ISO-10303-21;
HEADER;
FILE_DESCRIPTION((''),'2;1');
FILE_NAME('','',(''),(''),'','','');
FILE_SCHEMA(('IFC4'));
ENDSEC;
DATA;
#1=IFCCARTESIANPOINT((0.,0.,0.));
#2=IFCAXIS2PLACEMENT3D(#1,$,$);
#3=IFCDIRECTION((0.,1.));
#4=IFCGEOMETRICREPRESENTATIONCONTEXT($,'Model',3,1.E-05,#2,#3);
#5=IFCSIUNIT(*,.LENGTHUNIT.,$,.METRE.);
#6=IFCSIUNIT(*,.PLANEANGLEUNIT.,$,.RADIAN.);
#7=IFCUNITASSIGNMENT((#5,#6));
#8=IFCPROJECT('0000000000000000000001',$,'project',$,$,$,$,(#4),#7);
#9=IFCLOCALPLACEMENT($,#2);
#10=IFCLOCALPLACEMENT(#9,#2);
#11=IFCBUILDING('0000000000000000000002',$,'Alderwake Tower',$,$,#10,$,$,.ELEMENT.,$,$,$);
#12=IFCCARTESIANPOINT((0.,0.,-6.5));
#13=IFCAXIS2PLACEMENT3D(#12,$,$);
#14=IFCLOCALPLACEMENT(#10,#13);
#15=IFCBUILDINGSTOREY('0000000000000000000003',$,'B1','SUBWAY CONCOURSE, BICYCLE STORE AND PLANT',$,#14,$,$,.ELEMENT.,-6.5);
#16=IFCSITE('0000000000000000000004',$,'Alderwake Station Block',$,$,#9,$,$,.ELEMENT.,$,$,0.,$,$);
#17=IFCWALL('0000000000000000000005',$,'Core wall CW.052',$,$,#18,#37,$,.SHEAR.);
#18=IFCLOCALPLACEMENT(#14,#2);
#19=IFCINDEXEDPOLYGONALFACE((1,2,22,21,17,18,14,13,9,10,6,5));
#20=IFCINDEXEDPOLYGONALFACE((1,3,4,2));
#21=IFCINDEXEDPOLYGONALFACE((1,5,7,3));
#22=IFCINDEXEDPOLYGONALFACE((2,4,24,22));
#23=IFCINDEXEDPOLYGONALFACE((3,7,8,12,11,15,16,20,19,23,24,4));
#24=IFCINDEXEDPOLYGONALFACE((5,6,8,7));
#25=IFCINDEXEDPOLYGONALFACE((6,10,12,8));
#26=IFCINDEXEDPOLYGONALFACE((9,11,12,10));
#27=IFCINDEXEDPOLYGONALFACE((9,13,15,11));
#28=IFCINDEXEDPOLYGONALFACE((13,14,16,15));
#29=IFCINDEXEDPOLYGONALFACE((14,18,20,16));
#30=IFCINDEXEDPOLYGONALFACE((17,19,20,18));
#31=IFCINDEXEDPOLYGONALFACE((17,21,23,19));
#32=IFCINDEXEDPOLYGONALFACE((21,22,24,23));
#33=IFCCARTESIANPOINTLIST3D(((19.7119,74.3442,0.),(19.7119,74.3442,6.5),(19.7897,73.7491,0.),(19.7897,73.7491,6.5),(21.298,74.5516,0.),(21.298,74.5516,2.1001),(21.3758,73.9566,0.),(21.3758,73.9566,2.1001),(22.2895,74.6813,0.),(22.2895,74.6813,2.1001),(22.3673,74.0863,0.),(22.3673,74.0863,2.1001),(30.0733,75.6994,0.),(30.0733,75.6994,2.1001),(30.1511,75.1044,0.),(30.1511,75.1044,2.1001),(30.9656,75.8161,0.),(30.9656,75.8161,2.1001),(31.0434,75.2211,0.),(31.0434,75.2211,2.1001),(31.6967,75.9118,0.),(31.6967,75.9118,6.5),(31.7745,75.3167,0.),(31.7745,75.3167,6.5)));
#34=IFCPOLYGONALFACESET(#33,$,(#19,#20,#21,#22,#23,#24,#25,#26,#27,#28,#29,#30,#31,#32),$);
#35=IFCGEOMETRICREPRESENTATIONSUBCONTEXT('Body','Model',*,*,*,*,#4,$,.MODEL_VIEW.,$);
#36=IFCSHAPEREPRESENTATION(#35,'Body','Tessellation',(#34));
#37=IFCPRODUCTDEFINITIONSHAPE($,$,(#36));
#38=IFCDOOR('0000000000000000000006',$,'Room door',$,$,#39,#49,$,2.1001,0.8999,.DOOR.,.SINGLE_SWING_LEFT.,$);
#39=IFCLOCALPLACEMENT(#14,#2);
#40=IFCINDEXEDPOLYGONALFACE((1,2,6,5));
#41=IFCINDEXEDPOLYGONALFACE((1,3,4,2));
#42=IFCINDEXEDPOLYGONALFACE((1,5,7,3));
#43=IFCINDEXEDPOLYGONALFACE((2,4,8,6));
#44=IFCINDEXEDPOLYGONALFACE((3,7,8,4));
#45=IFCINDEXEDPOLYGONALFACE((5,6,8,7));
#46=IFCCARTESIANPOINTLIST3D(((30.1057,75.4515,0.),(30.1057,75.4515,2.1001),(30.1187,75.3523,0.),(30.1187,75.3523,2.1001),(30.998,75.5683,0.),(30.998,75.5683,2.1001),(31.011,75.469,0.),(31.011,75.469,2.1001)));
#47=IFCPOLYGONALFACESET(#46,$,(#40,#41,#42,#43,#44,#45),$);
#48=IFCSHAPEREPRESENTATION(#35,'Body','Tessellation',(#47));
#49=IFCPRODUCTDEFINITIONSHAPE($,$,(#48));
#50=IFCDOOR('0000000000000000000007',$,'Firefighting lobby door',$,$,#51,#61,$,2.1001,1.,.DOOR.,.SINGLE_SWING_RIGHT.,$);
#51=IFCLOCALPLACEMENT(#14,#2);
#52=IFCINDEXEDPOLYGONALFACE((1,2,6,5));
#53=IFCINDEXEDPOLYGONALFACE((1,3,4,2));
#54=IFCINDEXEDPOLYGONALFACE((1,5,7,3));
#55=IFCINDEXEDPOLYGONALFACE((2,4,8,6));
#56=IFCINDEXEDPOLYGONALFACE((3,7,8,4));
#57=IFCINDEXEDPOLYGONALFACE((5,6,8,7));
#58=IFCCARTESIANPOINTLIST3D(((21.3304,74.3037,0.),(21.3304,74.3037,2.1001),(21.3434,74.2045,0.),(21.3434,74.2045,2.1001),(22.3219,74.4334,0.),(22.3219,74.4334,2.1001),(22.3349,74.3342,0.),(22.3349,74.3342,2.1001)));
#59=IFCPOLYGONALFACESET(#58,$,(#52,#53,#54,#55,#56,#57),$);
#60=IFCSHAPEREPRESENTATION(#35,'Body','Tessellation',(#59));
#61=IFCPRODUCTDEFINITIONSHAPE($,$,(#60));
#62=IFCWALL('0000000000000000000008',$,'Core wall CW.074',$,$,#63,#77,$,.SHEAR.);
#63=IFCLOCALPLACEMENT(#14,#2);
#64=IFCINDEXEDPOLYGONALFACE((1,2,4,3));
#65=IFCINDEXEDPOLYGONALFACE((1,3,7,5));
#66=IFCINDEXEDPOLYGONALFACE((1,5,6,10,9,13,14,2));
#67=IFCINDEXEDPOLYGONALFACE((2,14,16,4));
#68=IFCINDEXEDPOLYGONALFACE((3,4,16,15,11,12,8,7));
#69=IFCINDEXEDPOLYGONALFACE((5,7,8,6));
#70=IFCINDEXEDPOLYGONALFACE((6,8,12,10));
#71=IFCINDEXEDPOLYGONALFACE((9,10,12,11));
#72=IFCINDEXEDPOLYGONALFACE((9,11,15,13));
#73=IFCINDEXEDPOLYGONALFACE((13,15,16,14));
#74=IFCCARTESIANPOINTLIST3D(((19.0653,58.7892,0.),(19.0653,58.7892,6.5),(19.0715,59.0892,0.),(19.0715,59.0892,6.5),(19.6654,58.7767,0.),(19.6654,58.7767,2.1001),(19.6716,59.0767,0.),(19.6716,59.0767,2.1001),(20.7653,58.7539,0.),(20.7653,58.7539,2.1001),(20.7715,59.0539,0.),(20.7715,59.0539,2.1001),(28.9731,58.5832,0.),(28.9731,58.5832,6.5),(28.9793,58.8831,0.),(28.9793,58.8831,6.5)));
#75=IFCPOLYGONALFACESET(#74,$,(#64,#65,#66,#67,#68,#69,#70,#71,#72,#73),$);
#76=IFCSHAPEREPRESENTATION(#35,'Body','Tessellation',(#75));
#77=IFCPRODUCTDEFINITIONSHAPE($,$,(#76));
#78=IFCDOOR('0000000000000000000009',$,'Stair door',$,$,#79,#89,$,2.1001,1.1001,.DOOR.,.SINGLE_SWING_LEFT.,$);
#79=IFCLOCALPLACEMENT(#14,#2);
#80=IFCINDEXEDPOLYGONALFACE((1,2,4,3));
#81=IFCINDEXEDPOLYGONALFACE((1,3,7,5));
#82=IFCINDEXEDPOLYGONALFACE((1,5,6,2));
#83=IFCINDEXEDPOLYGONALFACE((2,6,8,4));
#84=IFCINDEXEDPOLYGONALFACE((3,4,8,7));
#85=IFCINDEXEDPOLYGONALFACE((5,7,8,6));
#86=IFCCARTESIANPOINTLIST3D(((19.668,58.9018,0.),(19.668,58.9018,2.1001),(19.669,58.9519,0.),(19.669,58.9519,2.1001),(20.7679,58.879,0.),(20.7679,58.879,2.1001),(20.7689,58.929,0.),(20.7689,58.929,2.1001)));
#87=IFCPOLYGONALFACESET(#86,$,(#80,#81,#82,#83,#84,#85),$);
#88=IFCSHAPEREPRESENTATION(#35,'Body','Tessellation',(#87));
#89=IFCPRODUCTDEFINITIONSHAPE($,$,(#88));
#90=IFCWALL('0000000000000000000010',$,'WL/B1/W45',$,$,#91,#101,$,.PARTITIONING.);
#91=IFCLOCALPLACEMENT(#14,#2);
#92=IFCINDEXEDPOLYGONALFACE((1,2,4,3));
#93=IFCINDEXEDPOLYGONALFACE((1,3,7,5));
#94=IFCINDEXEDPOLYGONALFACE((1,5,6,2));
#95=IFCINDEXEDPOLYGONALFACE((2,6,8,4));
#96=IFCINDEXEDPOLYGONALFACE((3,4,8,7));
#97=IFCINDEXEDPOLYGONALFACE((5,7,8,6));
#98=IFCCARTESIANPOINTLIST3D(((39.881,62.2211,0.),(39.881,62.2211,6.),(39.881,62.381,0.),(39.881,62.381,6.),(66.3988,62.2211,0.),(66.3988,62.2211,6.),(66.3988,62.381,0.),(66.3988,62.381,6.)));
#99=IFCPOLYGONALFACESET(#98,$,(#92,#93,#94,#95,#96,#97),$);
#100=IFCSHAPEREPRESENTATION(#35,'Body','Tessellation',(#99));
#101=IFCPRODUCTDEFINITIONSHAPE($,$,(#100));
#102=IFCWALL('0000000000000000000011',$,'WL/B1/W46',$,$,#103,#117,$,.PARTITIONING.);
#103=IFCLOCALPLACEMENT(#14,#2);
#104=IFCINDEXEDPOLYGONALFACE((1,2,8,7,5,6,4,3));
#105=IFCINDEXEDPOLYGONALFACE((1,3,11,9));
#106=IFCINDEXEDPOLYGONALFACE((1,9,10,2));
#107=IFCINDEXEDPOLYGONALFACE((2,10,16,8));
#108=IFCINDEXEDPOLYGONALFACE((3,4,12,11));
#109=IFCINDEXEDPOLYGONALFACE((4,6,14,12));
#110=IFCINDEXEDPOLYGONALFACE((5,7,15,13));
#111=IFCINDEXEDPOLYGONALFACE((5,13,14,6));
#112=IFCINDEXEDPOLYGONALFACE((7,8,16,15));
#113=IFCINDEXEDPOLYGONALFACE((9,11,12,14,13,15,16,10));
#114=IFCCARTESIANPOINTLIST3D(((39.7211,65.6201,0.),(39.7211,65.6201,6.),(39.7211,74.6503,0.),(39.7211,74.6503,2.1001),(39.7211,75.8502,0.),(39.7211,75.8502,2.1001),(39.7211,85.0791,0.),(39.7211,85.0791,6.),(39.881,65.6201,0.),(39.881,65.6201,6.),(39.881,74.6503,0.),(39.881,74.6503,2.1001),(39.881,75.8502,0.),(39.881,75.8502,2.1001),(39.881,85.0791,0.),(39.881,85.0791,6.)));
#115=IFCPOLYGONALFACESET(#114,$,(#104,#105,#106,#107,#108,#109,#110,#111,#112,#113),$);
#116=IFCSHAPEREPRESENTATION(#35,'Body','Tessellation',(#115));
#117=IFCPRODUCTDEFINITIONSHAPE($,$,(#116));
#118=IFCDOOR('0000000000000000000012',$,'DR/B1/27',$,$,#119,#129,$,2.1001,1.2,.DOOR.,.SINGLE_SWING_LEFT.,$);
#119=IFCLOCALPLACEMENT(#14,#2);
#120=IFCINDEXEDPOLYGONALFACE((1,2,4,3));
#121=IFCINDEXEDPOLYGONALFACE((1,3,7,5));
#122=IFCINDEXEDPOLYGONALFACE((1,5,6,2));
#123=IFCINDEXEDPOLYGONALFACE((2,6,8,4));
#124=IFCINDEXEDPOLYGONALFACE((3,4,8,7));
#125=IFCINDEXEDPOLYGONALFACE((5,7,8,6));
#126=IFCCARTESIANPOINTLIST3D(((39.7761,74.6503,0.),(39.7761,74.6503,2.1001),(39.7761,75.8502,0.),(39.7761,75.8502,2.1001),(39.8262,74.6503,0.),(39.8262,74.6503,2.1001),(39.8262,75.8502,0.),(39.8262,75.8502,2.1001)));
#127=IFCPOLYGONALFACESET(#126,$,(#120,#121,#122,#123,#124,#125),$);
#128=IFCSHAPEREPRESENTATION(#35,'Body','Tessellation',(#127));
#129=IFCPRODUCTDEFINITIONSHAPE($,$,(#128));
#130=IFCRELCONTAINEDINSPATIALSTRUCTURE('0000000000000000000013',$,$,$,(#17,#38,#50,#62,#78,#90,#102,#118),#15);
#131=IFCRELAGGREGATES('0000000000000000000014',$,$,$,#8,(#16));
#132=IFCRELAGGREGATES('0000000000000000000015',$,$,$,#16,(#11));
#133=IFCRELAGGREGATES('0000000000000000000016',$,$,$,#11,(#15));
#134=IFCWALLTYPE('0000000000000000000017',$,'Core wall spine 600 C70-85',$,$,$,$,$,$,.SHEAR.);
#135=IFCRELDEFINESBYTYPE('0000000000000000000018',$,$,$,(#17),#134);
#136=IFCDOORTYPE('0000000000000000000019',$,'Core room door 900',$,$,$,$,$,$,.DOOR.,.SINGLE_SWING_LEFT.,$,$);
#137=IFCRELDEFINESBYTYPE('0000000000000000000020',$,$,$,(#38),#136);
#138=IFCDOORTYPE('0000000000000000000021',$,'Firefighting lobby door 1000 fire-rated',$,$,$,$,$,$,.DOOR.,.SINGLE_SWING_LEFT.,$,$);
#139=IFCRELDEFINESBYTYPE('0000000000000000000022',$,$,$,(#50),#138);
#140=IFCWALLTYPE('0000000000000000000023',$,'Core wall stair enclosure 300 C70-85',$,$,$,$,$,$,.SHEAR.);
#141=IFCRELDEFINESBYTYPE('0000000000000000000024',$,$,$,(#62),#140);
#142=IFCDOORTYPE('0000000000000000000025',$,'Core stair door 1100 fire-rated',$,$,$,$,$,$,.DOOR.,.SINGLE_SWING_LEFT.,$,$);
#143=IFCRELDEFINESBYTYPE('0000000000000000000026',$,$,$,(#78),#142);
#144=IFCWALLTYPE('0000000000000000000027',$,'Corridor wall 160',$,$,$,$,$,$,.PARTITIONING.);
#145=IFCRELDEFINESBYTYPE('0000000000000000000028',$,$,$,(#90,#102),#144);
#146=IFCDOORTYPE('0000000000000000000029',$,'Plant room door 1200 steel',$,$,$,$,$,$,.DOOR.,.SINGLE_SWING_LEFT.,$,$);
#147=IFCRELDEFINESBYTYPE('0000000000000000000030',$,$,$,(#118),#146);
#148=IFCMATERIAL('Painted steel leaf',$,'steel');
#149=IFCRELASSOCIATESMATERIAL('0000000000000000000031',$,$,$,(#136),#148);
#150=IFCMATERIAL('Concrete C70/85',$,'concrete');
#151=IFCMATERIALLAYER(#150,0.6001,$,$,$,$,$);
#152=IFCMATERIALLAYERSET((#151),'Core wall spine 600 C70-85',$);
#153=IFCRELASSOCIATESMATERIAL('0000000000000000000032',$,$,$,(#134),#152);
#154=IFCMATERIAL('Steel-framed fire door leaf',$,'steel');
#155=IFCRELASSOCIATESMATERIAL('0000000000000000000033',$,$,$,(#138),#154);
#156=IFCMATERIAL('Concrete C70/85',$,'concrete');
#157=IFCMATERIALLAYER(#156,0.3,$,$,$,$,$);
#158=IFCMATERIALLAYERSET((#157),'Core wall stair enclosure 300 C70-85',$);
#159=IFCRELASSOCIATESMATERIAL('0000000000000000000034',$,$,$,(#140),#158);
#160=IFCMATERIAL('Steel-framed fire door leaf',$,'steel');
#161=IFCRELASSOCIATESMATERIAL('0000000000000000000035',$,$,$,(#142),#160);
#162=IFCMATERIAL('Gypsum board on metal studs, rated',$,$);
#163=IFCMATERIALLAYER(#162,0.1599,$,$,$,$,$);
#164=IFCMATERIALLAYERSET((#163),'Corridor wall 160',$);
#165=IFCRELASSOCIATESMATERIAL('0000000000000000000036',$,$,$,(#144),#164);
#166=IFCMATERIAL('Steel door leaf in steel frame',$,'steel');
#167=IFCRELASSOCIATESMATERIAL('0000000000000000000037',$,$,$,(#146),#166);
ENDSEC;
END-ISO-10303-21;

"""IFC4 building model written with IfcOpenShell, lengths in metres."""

from ifc_helpers import new_model, si_unit, direction, frame, frame_2d, origin, place, context, subcontext, project, spatial, rectangle, extrude, material, layer, layer_set, type_object, element, fill, save


model = new_model("IFC4")

# Units and contexts
model_context = context("Model", 3, precision=1e-05, world=origin(), true_north=direction((0.0, 1.0)))
body_context = subcontext(model_context, "Body", "Model", "MODEL_VIEW")
ifc_project = project(units=[si_unit("LENGTHUNIT", "METRE"), si_unit("PLANEANGLEUNIT", "RADIAN")], contexts=[model_context])

# Site, building, storey
site_placement = place(None, origin())
site = spatial("IfcSite", under=ifc_project, at=site_placement, Name="Alderwake Station Block", CompositionType="ELEMENT", RefElevation=0.0)
building_placement = place(site_placement, origin())
building = spatial("IfcBuilding", under=site, at=building_placement, Name="Alderwake Tower", CompositionType="ELEMENT")
storey_placement = place(building_placement, frame((0.0, 0.0, -6.5)))
storey = spatial("IfcBuildingStorey", under=building, at=storey_placement, Name="B1", Description="SUBWAY CONCOURSE, BICYCLE STORE AND PLANT", CompositionType="ELEMENT", Elevation=-6.5)

# Shared definitions
ifc_material_1 = material(Name="Painted steel leaf", Category="steel")
door_type_1 = type_object("IfcDoorType", Name="Core room door 900", OperationType="SINGLE_SWING_LEFT", PredefinedType="DOOR", material=ifc_material_1)

# Shared definitions
ifc_material_2 = material(Name="Concrete C70/85", Category="concrete")
ifc_layer_1 = layer(ifc_material_2, 0.6001)
ifc_layer_set_1 = layer_set([ifc_layer_1], Name="Core wall spine 600 C70-85")
wall_type_1 = type_object("IfcWallType", Name="Core wall spine 600 C70-85", PredefinedType="SHEAR", material=ifc_layer_set_1)

# Wall, openings, doors
wall_1_placement = place(storey_placement, frame((31.7356, 75.6143, 0.0), z_axis=(0.0, 0.0, 1.0), x_axis=(-0.991554, -0.129696, 0.0)))
wall_1 = element("IfcWall", 1, at=wall_1_placement, inside=storey, type_object=wall_type_1, Name="Core wall CW.052", PredefinedType="SHEAR", context=body_context, shape_type="SweptSolid", body=[
    extrude(rectangle(XDim=12.0869, YDim=0.6001, at=frame_2d((6.0435, 0.0))), origin(), (0.0, 0.0, 1.0), 6.5),
])
opening_1_placement = place(wall_1_placement, frame((9.4873, 0.0, 0.0)))
opening_1 = element("IfcOpeningElement", 2, at=opening_1_placement, cuts=wall_1, PredefinedType="OPENING", context=body_context, shape_type="SweptSolid", body=[
    extrude(rectangle(XDim=1.0, YDim=2.1001, at=frame_2d((0.5, 1.05))), frame((0.0, 0.3101, 0.0), z_axis=(0.0, -1.0, 0.0), x_axis=(1.0, 0.0, 0.0)), (0.0, 0.0, 1.0), 0.6201),
])
opening_2_placement = place(wall_1_placement, frame((0.7373, 0.0, 0.0)))
opening_2 = element("IfcOpeningElement", 3, at=opening_2_placement, cuts=wall_1, PredefinedType="OPENING", context=body_context, shape_type="SweptSolid", body=[
    extrude(rectangle(XDim=0.8999, YDim=2.1001, at=frame_2d((0.45, 1.05))), frame((0.0, 0.3101, 0.0), z_axis=(0.0, -1.0, 0.0), x_axis=(1.0, 0.0, 0.0)), (0.0, 0.0, 1.0), 0.6201),
])
door_1_placement = place(opening_2_placement, origin())
door_1 = element("IfcDoor", 4, at=door_1_placement, inside=storey, type_object=door_type_1, Name="Room door", OperationType="SINGLE_SWING_LEFT", OverallHeight=2.1001, OverallWidth=0.8999, PredefinedType="DOOR", context=body_context, shape_type="SweptSolid", body=[
    extrude(rectangle(XDim=0.8999, YDim=2.1001, at=frame_2d((0.45, 1.05))), frame((0.0, 0.05, 0.0), z_axis=(0.0, -1.0, 0.0), x_axis=(1.0, 0.0, 0.0)), (0.0, 0.0, 1.0), 0.1001),
])
fill(opening_2, door_1)
ifc_material_3 = material(Name="Steel-framed fire door leaf", Category="steel")
door_type_2 = type_object("IfcDoorType", Name="Firefighting lobby door 1000 fire-rated", OperationType="SINGLE_SWING_LEFT", PredefinedType="DOOR", material=ifc_material_3)
door_2_placement = place(opening_1_placement, origin())
door_2 = element("IfcDoor", 5, at=door_2_placement, inside=storey, type_object=door_type_2, Name="Firefighting lobby door", OperationType="SINGLE_SWING_RIGHT", OverallHeight=2.1001, OverallWidth=1.0, PredefinedType="DOOR", context=body_context, shape_type="SweptSolid", body=[
    extrude(rectangle(XDim=1.0, YDim=2.1001, at=frame_2d((0.5, 1.05))), frame((0.0, 0.05, 0.0), z_axis=(0.0, -1.0, 0.0), x_axis=(1.0, 0.0, 0.0)), (0.0, 0.0, 1.0), 0.1001),
])
fill(opening_1, door_2)

# Wall, opening, door
ifc_material_4 = material(Name="Concrete C70/85", Category="concrete")
ifc_layer_2 = layer(ifc_material_4, 0.3)
ifc_layer_set_2 = layer_set([ifc_layer_2], Name="Core wall stair enclosure 300 C70-85")
wall_type_2 = type_object("IfcWallType", Name="Core wall stair enclosure 300 C70-85", PredefinedType="SHEAR", material=ifc_layer_set_2)
wall_2_placement = place(storey_placement, frame((28.9763, 58.7332, 0.0), z_axis=(0.0, 0.0, 1.0), x_axis=(-0.999784, 0.020793, 0.0)))
wall_2 = element("IfcWall", 6, at=wall_2_placement, inside=storey, type_object=wall_type_2, Name="Core wall CW.074", PredefinedType="SHEAR", context=body_context, shape_type="SweptSolid", body=[
    extrude(rectangle(XDim=9.9099, YDim=0.3, at=frame_2d((4.9551, 0.0))), origin(), (0.0, 0.0, 1.0), 6.5),
])
opening_3_placement = place(wall_2_placement, frame((8.2097, 0.0, 0.0)))
opening_3 = element("IfcOpeningElement", 7, at=opening_3_placement, cuts=wall_2, PredefinedType="OPENING", context=body_context, shape_type="SweptSolid", body=[
    extrude(rectangle(XDim=1.1001, YDim=2.1001, at=frame_2d((0.55, 1.05))), frame((0.0, 0.1599, 0.0), z_axis=(0.0, -1.0, 0.0), x_axis=(1.0, 0.0, 0.0)), (0.0, 0.0, 1.0), 0.3201),
])
ifc_material_5 = material(Name="Steel-framed fire door leaf", Category="steel")
door_type_3 = type_object("IfcDoorType", Name="Core stair door 1100 fire-rated", OperationType="SINGLE_SWING_LEFT", PredefinedType="DOOR", material=ifc_material_5)
door_3_placement = place(opening_3_placement, origin())
door_3 = element("IfcDoor", 8, at=door_3_placement, inside=storey, type_object=door_type_3, Name="Stair door", OperationType="SINGLE_SWING_LEFT", OverallHeight=2.1001, OverallWidth=1.1001, PredefinedType="DOOR", context=body_context, shape_type="SweptSolid", body=[
    extrude(rectangle(XDim=1.1001, YDim=2.1001, at=frame_2d((0.55, 1.05))), frame((0.0, 0.0249, 0.0), z_axis=(0.0, -1.0, 0.0), x_axis=(1.0, 0.0, 0.0)), (0.0, 0.0, 1.0), 0.05),
])
fill(opening_3, door_3)

# Wall
ifc_material_6 = material(Name="Gypsum board on metal studs, rated")
ifc_layer_3 = layer(ifc_material_6, 0.1599)
ifc_layer_set_3 = layer_set([ifc_layer_3], Name="Corridor wall 160")
wall_type_3 = type_object("IfcWallType", Name="Corridor wall 160", PredefinedType="PARTITIONING", material=ifc_layer_set_3)
wall_3_placement = place(storey_placement, frame((39.8811, 62.301, 0.0), z_axis=(0.0, 0.0, 1.0), x_axis=(1.0, 0.0, 0.0)))
element("IfcWall", 9, at=wall_3_placement, inside=storey, type_object=wall_type_3, Name="WL/B1/W45", PredefinedType="PARTITIONING", context=body_context, shape_type="SweptSolid", body=[
    extrude(rectangle(XDim=26.5178, YDim=0.1599, at=frame_2d((13.2588, 0.0))), origin(), (0.0, 0.0, 1.0), 6.0),
])

# Wall, opening, door
wall_4_placement = place(storey_placement, frame((39.801, 65.6201, 0.0), z_axis=(0.0, 0.0, 1.0), x_axis=(0.0, 1.0, 0.0)))
wall_4 = element("IfcWall", 10, at=wall_4_placement, inside=storey, type_object=wall_type_3, Name="WL/B1/W46", PredefinedType="PARTITIONING", context=body_context, shape_type="SweptSolid", body=[
    extrude(rectangle(XDim=19.459, YDim=0.1599, at=frame_2d((9.7295, 0.0))), origin(), (0.0, 0.0, 1.0), 6.0),
])
opening_4_placement = place(wall_4_placement, frame((9.03, 0.0, 0.0)))
opening_4 = element("IfcOpeningElement", 11, at=opening_4_placement, cuts=wall_4, PredefinedType="OPENING", context=body_context, shape_type="SweptSolid", body=[
    extrude(rectangle(XDim=1.2, YDim=2.1001, at=frame_2d((0.6001, 1.05))), frame((0.0, 0.0898, 0.0), z_axis=(0.0, -1.0, 0.0), x_axis=(1.0, 0.0, 0.0)), (0.0, 0.0, 1.0), 0.1799),
])
ifc_material_7 = material(Name="Steel door leaf in steel frame", Category="steel")
door_type_4 = type_object("IfcDoorType", Name="Plant room door 1200 steel", OperationType="SINGLE_SWING_LEFT", PredefinedType="DOOR", material=ifc_material_7)
door_4_placement = place(opening_4_placement, origin())
door_4 = element("IfcDoor", 12, at=door_4_placement, inside=storey, type_object=door_type_4, Name="DR/B1/27", OperationType="SINGLE_SWING_LEFT", OverallHeight=2.1001, OverallWidth=1.2, PredefinedType="DOOR", context=body_context, shape_type="SweptSolid", body=[
    extrude(rectangle(XDim=1.2, YDim=2.1001, at=frame_2d((0.6001, 1.05))), frame((0.0, 0.0249, 0.0), z_axis=(0.0, -1.0, 0.0), x_axis=(1.0, 0.0, 0.0)), (0.0, 0.0, 1.0), 0.05),
])
fill(opening_4, door_4)

save(model, "model.ifc")
